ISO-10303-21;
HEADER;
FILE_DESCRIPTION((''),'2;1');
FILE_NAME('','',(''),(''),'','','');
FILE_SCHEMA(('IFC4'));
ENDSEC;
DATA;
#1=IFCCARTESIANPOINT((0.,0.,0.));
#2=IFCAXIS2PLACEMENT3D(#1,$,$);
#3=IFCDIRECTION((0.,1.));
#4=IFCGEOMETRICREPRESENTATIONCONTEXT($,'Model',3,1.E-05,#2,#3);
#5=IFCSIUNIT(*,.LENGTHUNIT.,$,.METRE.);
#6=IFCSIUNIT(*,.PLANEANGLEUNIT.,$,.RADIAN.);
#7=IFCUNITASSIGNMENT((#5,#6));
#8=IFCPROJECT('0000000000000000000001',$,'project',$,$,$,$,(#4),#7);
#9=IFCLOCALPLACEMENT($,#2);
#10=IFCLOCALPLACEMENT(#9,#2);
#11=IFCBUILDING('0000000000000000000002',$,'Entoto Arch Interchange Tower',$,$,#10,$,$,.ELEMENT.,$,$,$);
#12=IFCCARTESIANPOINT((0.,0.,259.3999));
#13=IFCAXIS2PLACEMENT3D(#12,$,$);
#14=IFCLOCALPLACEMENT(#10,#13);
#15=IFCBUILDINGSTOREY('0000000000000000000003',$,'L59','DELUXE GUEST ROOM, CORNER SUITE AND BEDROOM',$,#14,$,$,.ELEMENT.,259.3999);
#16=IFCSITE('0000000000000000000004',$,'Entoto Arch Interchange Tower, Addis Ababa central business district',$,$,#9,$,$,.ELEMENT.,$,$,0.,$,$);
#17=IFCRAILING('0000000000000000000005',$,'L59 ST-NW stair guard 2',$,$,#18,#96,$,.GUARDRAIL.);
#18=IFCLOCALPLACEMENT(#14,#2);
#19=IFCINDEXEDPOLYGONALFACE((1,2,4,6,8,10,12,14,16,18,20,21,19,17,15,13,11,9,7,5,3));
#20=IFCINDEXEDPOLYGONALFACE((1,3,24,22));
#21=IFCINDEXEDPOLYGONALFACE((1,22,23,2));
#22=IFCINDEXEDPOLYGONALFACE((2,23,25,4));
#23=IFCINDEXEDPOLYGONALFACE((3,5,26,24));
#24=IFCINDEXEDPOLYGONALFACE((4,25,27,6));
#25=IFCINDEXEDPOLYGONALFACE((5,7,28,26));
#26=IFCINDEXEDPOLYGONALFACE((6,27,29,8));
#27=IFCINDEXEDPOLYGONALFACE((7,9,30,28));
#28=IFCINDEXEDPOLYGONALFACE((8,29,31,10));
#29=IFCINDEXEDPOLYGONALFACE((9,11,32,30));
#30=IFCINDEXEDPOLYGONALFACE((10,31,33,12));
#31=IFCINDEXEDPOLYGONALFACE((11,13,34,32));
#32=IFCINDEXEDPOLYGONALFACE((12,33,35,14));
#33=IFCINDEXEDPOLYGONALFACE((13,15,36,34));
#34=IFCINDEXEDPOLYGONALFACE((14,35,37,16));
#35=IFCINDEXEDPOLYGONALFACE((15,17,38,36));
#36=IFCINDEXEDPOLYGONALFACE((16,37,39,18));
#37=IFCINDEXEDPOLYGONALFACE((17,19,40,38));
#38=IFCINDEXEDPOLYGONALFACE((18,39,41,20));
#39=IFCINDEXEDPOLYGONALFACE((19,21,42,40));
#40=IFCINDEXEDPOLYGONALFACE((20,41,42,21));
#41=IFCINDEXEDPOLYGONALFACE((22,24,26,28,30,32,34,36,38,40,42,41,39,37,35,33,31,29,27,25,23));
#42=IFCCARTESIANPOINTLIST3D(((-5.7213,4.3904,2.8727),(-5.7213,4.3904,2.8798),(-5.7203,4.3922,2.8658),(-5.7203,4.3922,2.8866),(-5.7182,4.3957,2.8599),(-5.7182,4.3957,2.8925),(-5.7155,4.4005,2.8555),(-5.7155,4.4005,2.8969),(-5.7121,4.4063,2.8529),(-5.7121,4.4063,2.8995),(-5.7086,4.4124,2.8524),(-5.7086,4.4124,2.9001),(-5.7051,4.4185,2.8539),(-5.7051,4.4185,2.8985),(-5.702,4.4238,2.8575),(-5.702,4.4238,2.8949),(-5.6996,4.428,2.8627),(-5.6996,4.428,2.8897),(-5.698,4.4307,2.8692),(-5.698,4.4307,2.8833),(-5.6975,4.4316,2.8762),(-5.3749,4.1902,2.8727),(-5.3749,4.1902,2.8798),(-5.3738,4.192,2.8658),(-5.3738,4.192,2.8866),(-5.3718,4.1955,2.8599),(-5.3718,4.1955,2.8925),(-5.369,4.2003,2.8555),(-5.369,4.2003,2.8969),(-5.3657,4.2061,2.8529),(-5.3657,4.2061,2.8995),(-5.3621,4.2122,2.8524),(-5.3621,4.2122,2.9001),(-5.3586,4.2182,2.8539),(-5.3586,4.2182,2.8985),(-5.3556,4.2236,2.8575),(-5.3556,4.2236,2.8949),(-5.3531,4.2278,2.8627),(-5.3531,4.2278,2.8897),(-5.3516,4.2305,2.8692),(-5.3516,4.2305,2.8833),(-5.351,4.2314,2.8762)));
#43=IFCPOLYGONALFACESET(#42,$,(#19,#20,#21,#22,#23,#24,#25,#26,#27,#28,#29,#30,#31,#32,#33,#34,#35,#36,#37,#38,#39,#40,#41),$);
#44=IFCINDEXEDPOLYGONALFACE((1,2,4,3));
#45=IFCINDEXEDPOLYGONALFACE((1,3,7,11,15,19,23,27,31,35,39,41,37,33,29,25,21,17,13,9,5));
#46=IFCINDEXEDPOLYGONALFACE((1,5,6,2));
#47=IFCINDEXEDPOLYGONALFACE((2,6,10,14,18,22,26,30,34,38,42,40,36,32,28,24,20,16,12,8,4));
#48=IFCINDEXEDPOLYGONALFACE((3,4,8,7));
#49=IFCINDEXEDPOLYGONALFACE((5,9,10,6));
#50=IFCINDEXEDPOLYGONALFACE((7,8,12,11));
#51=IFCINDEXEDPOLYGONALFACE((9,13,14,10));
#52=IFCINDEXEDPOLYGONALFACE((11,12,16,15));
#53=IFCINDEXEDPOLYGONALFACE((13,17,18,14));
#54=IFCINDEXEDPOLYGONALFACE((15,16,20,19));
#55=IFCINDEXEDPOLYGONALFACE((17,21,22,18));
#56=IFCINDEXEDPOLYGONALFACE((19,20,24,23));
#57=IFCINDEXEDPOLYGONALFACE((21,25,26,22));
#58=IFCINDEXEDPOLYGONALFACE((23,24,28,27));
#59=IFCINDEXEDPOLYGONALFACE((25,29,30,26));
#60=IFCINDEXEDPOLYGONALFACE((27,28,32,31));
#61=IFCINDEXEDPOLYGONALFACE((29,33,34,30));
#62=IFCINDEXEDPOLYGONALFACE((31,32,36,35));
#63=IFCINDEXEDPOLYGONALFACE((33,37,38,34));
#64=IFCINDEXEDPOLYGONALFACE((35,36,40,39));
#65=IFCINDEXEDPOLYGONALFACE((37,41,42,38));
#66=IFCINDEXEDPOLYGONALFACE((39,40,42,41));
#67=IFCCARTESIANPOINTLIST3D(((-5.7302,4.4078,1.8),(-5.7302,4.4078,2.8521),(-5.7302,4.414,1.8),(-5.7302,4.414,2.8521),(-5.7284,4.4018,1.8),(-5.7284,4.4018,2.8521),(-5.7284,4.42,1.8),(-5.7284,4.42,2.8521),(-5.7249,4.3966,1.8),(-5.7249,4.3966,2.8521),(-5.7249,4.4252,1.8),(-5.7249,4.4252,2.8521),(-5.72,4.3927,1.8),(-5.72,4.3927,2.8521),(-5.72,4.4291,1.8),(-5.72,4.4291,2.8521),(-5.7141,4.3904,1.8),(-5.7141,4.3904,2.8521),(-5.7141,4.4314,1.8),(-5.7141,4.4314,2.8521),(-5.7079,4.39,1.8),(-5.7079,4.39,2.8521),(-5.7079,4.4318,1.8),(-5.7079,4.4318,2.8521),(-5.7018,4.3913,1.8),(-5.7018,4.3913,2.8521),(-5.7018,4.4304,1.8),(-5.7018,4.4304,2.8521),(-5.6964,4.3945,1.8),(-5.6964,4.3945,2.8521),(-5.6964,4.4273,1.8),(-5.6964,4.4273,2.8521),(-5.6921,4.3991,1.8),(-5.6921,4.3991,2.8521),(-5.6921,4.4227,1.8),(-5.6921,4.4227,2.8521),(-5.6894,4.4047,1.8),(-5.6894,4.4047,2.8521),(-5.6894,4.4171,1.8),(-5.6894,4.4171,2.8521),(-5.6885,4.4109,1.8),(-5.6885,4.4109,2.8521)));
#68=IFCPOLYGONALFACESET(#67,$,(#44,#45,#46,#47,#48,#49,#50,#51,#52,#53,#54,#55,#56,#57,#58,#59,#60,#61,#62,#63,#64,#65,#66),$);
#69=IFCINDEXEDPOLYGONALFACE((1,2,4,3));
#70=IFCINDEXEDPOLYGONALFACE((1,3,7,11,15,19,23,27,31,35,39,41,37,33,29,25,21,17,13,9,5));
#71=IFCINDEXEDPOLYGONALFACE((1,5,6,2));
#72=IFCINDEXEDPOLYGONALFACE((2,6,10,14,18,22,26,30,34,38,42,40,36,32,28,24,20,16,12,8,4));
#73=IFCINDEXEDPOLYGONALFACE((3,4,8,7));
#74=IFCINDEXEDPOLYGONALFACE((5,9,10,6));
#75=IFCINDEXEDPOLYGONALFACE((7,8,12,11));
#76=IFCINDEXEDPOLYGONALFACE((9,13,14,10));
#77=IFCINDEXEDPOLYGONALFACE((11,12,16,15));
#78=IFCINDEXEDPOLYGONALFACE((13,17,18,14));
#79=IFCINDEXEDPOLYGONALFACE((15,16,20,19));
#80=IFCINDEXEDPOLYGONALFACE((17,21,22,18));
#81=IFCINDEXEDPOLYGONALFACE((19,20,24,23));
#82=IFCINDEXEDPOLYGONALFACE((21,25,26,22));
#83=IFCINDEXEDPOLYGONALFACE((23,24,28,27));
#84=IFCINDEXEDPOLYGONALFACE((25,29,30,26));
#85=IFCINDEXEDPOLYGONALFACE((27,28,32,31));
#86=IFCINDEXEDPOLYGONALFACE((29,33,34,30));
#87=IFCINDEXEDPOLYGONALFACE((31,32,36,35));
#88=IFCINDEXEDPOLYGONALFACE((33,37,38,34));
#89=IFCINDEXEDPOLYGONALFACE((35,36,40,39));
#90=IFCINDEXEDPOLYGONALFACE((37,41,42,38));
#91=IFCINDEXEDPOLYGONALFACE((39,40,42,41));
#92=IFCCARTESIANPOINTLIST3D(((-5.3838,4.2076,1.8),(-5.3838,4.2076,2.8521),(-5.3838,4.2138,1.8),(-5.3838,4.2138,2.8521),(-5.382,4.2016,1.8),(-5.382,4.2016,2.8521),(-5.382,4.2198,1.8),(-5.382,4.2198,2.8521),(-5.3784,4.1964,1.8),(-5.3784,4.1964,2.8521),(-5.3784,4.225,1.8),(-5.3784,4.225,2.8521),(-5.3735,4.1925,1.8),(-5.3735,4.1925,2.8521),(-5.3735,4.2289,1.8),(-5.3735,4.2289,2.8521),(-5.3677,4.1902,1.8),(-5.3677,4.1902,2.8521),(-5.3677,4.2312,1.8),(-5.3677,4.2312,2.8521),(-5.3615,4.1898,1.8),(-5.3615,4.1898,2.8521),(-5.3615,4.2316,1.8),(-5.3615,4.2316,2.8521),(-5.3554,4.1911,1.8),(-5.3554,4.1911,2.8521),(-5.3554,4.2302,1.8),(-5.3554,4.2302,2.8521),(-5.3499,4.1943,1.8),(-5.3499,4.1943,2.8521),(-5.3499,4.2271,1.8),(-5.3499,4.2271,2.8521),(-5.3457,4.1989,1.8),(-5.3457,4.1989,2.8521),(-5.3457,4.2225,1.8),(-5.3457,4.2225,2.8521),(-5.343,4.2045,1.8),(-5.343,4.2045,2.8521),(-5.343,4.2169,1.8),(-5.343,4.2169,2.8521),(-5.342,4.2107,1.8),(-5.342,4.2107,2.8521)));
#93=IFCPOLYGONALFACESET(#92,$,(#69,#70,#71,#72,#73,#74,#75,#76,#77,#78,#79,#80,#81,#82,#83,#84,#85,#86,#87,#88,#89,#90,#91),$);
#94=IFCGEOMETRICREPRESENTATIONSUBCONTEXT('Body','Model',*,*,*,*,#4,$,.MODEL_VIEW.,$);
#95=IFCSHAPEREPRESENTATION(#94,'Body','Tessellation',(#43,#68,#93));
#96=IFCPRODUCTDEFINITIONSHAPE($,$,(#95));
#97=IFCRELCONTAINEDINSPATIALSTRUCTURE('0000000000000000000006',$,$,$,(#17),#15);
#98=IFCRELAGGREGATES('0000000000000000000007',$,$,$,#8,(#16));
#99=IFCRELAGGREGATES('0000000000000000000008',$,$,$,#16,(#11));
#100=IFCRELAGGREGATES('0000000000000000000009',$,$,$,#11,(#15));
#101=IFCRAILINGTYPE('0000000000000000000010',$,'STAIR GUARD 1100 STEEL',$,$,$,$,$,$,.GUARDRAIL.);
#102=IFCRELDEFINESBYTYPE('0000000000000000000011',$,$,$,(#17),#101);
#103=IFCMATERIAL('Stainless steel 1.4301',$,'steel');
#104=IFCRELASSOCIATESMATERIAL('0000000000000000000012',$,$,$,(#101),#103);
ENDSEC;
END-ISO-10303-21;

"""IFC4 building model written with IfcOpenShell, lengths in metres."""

from ifc_helpers import new_model, si_unit, direction, frame, origin, origin_2d, place, context, subcontext, project, spatial, circle, extrude, material, type_object, element, save


model = new_model("IFC4")

# Units and contexts
model_context = context("Model", 3, precision=1e-05, world=origin(), true_north=direction((0.0, 1.0)))
body_context = subcontext(model_context, "Body", "Model", "MODEL_VIEW")
ifc_project = project(units=[si_unit("LENGTHUNIT", "METRE"), si_unit("PLANEANGLEUNIT", "RADIAN")], contexts=[model_context])

# Site, building, storey
site_placement = place(None, origin())
site = spatial("IfcSite", under=ifc_project, at=site_placement, Name="Entoto Arch Interchange Tower, Addis Ababa central business district", CompositionType="ELEMENT", RefElevation=0.0)
building_placement = place(site_placement, origin())
building = spatial("IfcBuilding", under=site, at=building_placement, Name="Entoto Arch Interchange Tower", CompositionType="ELEMENT")
storey_placement = place(building_placement, frame((0.0, 0.0, 259.3999)))
storey = spatial("IfcBuildingStorey", under=building, at=storey_placement, Name="L59", Description="DELUXE GUEST ROOM, CORNER SUITE AND BEDROOM", CompositionType="ELEMENT", Elevation=259.3999)

# Railing
ifc_material_1 = material(Name="Stainless steel 1.4301", Category="steel")
railing_type_1 = type_object("IfcRailingType", Name="STAIR GUARD 1100 STEEL", PredefinedType="GUARDRAIL", material=ifc_material_1)
railing_1_placement = place(storey_placement, frame((-5.7095, 4.4109, 1.8)))
element("IfcRailing", 1, at=railing_1_placement, inside=storey, type_object=railing_type_1, Name="L59 ST-NW stair guard 2", PredefinedType="GUARDRAIL", context=body_context, shape_type="SweptSolid", body=[
    extrude(circle(Radius=0.0239, at=origin_2d()), frame((0.0, 0.0, 1.0762), z_axis=(0.86583, -0.500339, 0.0), x_axis=(0.500339, 0.86583, 0.0)), (0.0, 0.0, 1.0), 0.4001),
    extrude(circle(Radius=0.021, at=origin_2d()), origin(), (0.0, 0.0, 1.0), 1.052),
    extrude(circle(Radius=0.021, at=origin_2d()), frame((0.3464, -0.2002, 0.0)), (0.0, 0.0, 1.0), 1.052),
])

save(model, "model.ifc")
